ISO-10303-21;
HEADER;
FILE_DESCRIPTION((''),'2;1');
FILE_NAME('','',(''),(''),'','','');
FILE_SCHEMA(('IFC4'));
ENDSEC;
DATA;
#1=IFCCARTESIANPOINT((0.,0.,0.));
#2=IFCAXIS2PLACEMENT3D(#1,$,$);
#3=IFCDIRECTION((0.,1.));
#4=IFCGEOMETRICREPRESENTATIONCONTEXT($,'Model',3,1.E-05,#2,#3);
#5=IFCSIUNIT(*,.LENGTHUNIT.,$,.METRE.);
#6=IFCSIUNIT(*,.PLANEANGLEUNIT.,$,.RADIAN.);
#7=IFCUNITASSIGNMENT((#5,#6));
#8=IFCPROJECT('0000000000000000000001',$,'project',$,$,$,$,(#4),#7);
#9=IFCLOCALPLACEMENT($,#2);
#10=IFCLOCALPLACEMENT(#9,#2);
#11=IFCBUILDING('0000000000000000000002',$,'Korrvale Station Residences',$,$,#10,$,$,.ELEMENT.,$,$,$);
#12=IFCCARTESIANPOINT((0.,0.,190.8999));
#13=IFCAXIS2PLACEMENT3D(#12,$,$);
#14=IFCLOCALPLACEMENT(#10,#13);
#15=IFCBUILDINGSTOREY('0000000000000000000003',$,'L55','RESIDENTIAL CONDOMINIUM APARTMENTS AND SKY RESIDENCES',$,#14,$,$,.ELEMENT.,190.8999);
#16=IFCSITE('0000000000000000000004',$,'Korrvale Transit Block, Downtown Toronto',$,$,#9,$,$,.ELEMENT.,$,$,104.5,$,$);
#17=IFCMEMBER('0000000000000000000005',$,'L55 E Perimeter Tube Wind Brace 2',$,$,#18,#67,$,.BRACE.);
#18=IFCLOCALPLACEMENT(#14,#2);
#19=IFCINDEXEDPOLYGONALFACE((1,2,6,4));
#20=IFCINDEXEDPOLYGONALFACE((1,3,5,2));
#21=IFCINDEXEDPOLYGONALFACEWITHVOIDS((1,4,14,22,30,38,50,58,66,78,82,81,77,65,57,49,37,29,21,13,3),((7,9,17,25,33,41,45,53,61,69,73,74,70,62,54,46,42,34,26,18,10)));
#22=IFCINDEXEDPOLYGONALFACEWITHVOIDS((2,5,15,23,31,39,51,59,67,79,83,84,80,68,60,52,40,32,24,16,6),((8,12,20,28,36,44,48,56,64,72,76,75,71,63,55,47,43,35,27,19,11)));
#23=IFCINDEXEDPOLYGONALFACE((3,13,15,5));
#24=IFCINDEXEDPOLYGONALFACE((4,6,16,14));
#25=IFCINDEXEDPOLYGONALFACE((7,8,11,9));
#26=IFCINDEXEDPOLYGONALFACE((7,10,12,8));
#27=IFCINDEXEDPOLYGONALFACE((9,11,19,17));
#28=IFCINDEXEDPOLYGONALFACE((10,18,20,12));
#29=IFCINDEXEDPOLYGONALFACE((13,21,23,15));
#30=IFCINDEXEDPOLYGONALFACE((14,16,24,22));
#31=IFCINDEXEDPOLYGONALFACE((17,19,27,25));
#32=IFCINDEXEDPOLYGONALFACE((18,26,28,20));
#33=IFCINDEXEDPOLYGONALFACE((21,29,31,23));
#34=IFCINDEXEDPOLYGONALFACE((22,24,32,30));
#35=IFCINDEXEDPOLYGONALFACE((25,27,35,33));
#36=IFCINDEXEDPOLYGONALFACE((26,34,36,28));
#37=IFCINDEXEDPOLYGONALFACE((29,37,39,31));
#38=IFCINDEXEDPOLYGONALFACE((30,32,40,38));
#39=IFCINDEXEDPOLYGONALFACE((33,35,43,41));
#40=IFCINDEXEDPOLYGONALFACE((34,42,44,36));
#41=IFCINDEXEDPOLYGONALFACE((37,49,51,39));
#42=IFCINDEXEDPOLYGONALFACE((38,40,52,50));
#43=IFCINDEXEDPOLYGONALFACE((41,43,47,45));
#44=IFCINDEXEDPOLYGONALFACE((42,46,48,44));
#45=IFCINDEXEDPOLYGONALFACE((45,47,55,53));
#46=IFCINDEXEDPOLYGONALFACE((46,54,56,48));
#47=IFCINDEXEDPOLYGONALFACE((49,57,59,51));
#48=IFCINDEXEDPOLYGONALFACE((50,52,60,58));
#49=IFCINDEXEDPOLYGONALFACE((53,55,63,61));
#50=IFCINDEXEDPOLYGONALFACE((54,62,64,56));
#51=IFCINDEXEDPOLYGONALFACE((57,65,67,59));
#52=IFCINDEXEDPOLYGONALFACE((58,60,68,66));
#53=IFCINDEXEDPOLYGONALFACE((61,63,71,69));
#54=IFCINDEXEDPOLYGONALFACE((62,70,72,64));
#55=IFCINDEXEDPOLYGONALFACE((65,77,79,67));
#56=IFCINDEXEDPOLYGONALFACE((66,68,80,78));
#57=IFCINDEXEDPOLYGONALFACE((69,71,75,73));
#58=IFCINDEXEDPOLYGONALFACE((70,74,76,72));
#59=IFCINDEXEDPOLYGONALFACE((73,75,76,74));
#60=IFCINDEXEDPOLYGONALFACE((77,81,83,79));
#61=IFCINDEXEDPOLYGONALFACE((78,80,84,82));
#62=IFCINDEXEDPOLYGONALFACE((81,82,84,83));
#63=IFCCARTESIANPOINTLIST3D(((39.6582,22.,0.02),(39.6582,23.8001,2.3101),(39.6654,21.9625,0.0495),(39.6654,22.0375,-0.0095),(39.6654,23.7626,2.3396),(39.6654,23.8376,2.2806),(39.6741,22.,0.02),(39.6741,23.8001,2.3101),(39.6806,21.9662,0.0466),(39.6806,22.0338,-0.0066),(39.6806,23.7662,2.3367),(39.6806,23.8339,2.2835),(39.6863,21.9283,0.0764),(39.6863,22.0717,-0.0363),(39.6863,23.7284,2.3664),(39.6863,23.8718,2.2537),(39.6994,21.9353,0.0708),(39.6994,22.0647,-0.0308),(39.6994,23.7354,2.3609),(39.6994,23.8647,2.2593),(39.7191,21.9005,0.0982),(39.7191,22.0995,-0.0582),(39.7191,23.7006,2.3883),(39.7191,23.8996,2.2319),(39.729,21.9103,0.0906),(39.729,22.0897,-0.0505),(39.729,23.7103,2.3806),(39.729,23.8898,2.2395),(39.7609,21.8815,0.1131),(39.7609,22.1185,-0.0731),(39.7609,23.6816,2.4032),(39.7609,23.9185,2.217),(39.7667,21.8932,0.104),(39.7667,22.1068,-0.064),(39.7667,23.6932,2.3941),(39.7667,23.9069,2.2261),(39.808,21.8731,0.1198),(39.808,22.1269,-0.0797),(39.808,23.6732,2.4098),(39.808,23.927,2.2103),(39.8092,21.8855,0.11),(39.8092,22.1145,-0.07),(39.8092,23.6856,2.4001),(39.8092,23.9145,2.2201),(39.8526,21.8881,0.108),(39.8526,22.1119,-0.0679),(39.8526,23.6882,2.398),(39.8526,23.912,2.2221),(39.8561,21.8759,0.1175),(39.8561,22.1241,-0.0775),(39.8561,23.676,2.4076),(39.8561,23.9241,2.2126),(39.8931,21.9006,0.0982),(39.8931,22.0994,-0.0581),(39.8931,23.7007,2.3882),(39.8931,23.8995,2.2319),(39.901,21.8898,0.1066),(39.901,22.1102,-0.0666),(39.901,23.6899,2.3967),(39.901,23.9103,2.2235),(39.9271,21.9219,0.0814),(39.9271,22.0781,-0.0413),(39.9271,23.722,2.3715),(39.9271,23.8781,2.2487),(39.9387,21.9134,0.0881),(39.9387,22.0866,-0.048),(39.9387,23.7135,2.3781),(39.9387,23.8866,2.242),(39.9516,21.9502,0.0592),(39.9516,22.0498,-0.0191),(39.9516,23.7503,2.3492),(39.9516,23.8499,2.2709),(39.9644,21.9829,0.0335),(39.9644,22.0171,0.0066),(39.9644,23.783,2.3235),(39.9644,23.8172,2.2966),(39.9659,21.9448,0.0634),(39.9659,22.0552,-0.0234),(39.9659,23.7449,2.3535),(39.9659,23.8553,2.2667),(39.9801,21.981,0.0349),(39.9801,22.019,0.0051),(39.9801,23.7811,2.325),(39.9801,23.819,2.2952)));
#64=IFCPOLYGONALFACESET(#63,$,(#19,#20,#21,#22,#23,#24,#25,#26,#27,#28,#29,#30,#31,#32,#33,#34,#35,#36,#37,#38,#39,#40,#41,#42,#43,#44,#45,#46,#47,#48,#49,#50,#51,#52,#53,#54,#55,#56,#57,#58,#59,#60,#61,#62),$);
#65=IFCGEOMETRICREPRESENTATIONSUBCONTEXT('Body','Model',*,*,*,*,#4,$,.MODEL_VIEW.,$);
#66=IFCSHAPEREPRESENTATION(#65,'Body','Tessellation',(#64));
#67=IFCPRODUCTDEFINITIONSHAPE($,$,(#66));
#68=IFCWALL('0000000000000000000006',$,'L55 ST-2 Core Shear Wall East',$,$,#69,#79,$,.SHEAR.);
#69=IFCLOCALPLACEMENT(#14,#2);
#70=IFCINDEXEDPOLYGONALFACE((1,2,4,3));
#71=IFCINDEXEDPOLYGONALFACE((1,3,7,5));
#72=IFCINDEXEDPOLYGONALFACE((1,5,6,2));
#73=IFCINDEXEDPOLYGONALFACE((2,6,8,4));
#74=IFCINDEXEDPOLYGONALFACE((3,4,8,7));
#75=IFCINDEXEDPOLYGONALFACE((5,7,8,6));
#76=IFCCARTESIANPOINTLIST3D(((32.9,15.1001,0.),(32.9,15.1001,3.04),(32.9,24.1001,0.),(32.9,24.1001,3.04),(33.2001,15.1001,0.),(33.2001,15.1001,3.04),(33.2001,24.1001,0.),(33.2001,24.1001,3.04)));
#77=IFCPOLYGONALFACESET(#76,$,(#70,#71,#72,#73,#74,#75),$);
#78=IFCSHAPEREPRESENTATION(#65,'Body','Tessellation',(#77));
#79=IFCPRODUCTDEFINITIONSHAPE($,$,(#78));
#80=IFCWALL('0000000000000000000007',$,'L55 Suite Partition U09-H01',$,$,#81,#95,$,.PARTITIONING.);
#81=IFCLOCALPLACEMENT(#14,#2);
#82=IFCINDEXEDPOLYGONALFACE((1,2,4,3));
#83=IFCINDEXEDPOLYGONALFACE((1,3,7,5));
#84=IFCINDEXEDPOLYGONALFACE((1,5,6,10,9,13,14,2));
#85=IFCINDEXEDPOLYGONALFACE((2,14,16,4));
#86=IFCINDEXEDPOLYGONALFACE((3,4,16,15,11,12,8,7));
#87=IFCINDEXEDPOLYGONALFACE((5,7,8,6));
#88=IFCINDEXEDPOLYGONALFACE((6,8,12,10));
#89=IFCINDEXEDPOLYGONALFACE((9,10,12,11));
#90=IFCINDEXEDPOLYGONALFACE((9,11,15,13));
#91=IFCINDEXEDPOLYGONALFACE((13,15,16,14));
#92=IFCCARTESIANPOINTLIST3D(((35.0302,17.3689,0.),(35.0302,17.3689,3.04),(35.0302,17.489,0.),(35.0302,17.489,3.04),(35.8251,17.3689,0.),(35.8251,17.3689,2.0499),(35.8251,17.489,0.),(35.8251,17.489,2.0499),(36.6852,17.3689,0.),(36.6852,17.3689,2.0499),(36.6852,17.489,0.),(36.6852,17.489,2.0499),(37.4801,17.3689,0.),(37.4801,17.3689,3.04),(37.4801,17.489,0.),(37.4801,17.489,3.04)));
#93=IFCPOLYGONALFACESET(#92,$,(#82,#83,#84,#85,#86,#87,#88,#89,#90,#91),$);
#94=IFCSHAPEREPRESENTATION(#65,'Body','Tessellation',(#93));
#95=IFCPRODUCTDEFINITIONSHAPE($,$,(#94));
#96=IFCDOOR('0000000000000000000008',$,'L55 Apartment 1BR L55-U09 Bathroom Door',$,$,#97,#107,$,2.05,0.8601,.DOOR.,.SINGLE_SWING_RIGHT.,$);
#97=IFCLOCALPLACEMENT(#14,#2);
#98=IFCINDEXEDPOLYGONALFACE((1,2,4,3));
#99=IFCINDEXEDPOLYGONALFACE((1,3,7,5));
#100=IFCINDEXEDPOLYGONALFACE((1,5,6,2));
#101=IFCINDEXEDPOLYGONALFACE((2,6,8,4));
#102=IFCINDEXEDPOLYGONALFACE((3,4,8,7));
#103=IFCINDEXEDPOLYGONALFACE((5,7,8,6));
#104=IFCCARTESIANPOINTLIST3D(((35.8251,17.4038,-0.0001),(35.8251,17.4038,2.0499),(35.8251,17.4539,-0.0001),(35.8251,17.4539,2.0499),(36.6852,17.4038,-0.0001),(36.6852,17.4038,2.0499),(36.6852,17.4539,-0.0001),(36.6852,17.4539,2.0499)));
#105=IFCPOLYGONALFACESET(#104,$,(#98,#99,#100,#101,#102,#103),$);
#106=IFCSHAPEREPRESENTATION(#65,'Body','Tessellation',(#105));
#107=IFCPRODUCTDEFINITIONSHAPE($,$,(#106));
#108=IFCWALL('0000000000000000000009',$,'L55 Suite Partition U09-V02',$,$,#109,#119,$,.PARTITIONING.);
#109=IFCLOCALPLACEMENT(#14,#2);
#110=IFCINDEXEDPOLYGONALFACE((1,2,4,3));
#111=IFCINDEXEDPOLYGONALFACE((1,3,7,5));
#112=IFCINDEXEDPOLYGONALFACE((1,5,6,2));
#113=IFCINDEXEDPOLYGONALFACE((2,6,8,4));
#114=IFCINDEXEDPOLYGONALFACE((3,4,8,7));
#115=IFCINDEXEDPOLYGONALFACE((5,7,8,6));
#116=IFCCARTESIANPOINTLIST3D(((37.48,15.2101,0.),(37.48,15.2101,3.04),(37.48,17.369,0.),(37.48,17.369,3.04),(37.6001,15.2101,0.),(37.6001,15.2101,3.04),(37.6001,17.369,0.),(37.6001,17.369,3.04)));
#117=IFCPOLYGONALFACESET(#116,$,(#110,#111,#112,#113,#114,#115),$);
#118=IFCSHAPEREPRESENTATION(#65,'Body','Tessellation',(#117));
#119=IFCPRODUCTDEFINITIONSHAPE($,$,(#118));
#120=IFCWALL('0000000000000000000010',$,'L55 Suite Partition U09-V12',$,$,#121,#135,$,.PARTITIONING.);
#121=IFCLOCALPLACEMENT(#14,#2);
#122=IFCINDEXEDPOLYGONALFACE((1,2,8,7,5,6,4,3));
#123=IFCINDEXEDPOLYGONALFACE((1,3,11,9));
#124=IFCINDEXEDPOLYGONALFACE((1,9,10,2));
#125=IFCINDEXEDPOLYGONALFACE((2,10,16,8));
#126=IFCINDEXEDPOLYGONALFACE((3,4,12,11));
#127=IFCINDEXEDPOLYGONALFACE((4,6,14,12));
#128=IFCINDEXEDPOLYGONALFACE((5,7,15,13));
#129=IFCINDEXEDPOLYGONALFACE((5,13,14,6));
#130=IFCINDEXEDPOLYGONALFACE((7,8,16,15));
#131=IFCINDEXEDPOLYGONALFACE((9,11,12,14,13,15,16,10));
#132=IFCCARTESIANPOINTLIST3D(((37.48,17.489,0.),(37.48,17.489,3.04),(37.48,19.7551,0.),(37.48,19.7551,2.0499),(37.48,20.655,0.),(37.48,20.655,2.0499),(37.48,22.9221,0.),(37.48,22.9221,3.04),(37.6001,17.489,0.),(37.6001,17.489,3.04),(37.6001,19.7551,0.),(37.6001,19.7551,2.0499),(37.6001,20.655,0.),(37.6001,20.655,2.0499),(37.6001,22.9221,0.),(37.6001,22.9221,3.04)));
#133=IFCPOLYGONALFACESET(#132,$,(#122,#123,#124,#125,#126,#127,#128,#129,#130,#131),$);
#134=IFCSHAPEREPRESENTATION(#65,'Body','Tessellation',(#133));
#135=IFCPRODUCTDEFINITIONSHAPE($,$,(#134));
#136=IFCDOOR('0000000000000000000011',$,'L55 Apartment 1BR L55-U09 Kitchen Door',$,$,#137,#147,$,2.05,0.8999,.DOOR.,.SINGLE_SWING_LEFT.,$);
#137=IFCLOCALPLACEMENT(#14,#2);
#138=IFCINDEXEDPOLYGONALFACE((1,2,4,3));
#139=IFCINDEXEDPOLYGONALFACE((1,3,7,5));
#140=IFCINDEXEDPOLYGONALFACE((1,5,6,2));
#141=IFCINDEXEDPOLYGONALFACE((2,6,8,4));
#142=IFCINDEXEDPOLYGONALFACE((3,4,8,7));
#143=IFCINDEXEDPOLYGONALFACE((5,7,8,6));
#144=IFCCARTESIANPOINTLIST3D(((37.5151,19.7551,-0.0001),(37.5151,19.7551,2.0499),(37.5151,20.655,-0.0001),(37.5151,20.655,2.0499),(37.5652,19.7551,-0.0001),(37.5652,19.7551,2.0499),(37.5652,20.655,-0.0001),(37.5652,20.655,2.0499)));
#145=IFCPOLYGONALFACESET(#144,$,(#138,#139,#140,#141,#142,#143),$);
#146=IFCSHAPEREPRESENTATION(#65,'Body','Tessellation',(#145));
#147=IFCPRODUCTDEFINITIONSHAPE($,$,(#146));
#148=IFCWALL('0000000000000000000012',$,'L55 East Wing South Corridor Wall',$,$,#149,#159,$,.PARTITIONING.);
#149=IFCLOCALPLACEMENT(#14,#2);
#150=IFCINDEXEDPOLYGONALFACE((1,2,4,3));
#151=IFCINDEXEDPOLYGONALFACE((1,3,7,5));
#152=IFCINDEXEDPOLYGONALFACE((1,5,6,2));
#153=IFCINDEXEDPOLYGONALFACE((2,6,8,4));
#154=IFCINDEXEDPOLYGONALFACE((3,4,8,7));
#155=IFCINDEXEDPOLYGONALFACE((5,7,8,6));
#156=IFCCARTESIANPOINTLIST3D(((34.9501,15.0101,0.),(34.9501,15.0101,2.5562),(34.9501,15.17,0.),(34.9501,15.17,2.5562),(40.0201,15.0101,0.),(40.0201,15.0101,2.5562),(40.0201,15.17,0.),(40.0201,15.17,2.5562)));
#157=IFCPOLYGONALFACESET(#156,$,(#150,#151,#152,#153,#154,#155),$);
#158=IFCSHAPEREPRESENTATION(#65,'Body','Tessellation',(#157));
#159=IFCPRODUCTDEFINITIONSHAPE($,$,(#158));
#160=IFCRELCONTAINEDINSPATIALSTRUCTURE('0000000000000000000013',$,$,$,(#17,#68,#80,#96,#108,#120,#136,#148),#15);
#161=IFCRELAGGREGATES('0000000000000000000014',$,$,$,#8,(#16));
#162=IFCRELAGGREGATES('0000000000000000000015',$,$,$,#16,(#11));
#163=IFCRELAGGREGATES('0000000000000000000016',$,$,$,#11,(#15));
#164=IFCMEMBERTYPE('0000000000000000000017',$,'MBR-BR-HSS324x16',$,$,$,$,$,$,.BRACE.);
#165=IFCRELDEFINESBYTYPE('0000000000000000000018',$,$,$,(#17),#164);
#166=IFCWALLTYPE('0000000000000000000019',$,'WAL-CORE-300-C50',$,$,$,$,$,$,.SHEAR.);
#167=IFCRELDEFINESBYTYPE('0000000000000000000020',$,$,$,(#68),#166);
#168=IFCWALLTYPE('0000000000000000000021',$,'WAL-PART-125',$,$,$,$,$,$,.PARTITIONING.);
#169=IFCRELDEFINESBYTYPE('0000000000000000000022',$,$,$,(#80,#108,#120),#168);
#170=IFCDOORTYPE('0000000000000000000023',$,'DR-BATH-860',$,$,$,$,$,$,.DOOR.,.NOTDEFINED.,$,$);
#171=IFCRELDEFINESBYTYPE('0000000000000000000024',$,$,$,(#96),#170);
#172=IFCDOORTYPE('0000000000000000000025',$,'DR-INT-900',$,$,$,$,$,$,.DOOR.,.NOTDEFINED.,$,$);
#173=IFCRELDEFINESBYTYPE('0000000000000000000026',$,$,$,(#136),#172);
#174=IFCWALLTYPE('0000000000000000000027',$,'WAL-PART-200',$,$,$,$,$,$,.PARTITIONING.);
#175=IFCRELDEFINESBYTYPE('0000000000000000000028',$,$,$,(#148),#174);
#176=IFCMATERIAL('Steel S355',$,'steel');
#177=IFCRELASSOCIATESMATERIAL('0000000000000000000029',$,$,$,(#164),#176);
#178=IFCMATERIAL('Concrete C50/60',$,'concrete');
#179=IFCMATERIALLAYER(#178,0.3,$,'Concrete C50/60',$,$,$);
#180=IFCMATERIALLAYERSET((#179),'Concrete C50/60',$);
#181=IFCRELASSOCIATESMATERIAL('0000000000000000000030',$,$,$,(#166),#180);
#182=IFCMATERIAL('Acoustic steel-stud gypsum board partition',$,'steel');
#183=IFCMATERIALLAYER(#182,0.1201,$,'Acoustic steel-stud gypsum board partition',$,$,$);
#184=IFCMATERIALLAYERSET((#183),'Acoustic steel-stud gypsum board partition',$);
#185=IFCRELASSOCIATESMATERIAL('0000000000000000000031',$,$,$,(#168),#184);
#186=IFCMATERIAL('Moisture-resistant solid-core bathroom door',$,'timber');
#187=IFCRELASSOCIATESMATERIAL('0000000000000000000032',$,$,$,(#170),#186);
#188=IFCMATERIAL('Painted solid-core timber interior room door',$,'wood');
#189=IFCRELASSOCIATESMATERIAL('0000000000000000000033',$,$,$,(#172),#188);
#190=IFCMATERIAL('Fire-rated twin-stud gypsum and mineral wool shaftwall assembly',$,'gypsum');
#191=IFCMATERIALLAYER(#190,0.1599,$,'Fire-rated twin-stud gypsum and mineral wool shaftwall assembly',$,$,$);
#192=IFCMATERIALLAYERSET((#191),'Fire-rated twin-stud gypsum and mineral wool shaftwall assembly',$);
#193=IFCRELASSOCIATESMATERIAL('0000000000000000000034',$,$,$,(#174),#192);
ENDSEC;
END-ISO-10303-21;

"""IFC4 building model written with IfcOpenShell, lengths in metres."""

from ifc_helpers import new_model, si_unit, direction, frame, frame_2d, origin, origin_2d, place, context, subcontext, project, spatial, rectangle, hollow_circle, extrude, material, layer, layer_set, material_profile, profile_set, type_object, element, fill, save


model = new_model("IFC4")

# Units and contexts
model_context = context("Model", 3, precision=1e-05, world=origin(), true_north=direction((0.0, 1.0)))
body_context = subcontext(model_context, "Body", "Model", "MODEL_VIEW")
ifc_project = project(units=[si_unit("LENGTHUNIT", "METRE"), si_unit("PLANEANGLEUNIT", "RADIAN")], contexts=[model_context])

# Site, building, storey
site_placement = place(None, origin())
site = spatial("IfcSite", under=ifc_project, at=site_placement, Name="Korrvale Transit Block, Downtown Toronto", CompositionType="ELEMENT", RefElevation=104.5)
building_placement = place(site_placement, origin())
building = spatial("IfcBuilding", under=site, at=building_placement, Name="Korrvale Station Residences", CompositionType="ELEMENT")
storey_placement = place(building_placement, frame((0.0, 0.0, 190.8999)))
storey = spatial("IfcBuildingStorey", under=building, at=storey_placement, Name="L55", Description="RESIDENTIAL CONDOMINIUM APARTMENTS AND SKY RESIDENCES", CompositionType="ELEMENT", Elevation=190.8999)

# Shared definitions
ifc_material_1 = material(Name="Concrete C50/60", Category="concrete")

# Shared definitions
ifc_material_2 = material(Name="Steel S355", Category="steel")

# Member
ifc_material_profile_1 = material_profile(ifc_material_2, hollow_circle(Radius=0.1619, WallThickness=0.0159, at=origin_2d()), Name="HSS324x16")
ifc_profile_set_1 = profile_set([ifc_material_profile_1], Name="Steel S355")
member_type = type_object("IfcMemberType", Name="MBR-BR-HSS324x16", PredefinedType="BRACE", material=ifc_profile_set_1)
for number, where, z_axis, x_axis, name in (
    (1, (39.8201, 22.0, 0.02), (0.0, 0.617977, 0.786196), (-1.0, 0.0, 0.0), "L55 E Perimeter Tube Wind Brace 2"),
):
    element("IfcMember", number, at=place(storey_placement, frame(where, z_axis=z_axis, x_axis=x_axis)), inside=storey, type_object=member_type, Name=name, PredefinedType="BRACE", context=body_context, shape_type="SweptSolid", body=[
        extrude(hollow_circle(Radius=0.1619, WallThickness=0.0159, at=origin_2d()), origin(), (0.0, 0.0, 1.0), 2.9128),
    ])

# Wall
ifc_layer_1 = layer(ifc_material_1, 0.3, Name="Concrete C50/60")
ifc_layer_set_1 = layer_set([ifc_layer_1], Name="Concrete C50/60")
wall_type_1 = type_object("IfcWallType", Name="WAL-CORE-300-C50", PredefinedType="SHEAR", material=ifc_layer_set_1)
wall_1_placement = place(storey_placement, frame((33.05, 15.1001, 0.0), z_axis=(0.0, 0.0, 1.0), x_axis=(0.0, 1.0, 0.0)))
element("IfcWall", 2, at=wall_1_placement, inside=storey, type_object=wall_type_1, Name="L55 ST-2 Core Shear Wall East", PredefinedType="SHEAR", context=body_context, shape_type="SweptSolid", body=[
    extrude(rectangle(XDim=9.0, YDim=0.3, at=frame_2d((4.5, 0.0))), origin(), (0.0, 0.0, 1.0), 3.04),
])

# Wall, opening, door
ifc_material_3 = material(Name="Acoustic steel-stud gypsum board partition", Category="steel")
ifc_layer_2 = layer(ifc_material_3, 0.1201, Name="Acoustic steel-stud gypsum board partition")
ifc_layer_set_2 = layer_set([ifc_layer_2], Name="Acoustic steel-stud gypsum board partition")
wall_type_2 = type_object("IfcWallType", Name="WAL-PART-125", PredefinedType="PARTITIONING", material=ifc_layer_set_2)
wall_2_placement = place(storey_placement, frame((35.03, 17.429, 0.0), z_axis=(0.0, 0.0, 1.0), x_axis=(1.0, 0.0, 0.0)))
wall_2 = element("IfcWall", 3, at=wall_2_placement, inside=storey, type_object=wall_type_2, Name="L55 Suite Partition U09-H01", PredefinedType="PARTITIONING", context=body_context, shape_type="SweptSolid", body=[
    extrude(rectangle(XDim=2.45, YDim=0.1201, at=frame_2d((1.2251, 0.0))), origin(), (0.0, 0.0, 1.0), 3.04),
])
opening_1_placement = place(wall_2_placement, frame((0.7949, 0.0, 0.0)))
opening_1 = element("IfcOpeningElement", 4, at=opening_1_placement, cuts=wall_2, PredefinedType="OPENING", context=body_context, shape_type="SweptSolid", body=[
    extrude(rectangle(XDim=0.8601, YDim=2.05, at=frame_2d((0.4302, 1.0249))), frame((0.0, 0.0701, 0.0), z_axis=(0.0, -1.0, 0.0), x_axis=(1.0, 0.0, 0.0)), (0.0, 0.0, 1.0), 0.1401),
])
ifc_material_4 = material(Name="Moisture-resistant solid-core bathroom door", Category="timber")
door_type_1 = type_object("IfcDoorType", Name="DR-BATH-860", OperationType="NOTDEFINED", PredefinedType="DOOR", material=ifc_material_4)
door_1_placement = place(opening_1_placement, origin())
door_1 = element("IfcDoor", 5, at=door_1_placement, inside=storey, type_object=door_type_1, Name="L55 Apartment 1BR L55-U09 Bathroom Door", OperationType="SINGLE_SWING_RIGHT", OverallHeight=2.05, OverallWidth=0.8601, PredefinedType="DOOR", context=body_context, shape_type="SweptSolid", body=[
    extrude(rectangle(XDim=0.8601, YDim=2.05, at=frame_2d((0.4302, 1.0249))), frame((0.0, 0.0249, 0.0), z_axis=(0.0, -1.0, 0.0), x_axis=(1.0, 0.0, 0.0)), (0.0, 0.0, 1.0), 0.05),
])
fill(opening_1, door_1)

# Wall
wall_3_placement = place(storey_placement, frame((37.54, 15.21, 0.0), z_axis=(0.0, 0.0, 1.0), x_axis=(0.0, 1.0, 0.0)))
element("IfcWall", 6, at=wall_3_placement, inside=storey, type_object=wall_type_2, Name="L55 Suite Partition U09-V02", PredefinedType="PARTITIONING", context=body_context, shape_type="SweptSolid", body=[
    extrude(rectangle(XDim=2.1589, YDim=0.1201, at=frame_2d((1.0796, 0.0))), origin(), (0.0, 0.0, 1.0), 3.04),
])

# Wall, opening, door
wall_4_placement = place(storey_placement, frame((37.54, 17.489, 0.0), z_axis=(0.0, 0.0, 1.0), x_axis=(0.0, 1.0, 0.0)))
wall_4 = element("IfcWall", 7, at=wall_4_placement, inside=storey, type_object=wall_type_2, Name="L55 Suite Partition U09-V12", PredefinedType="PARTITIONING", context=body_context, shape_type="SweptSolid", body=[
    extrude(rectangle(XDim=5.4331, YDim=0.1201, at=frame_2d((2.7166, 0.0))), origin(), (0.0, 0.0, 1.0), 3.04),
])
opening_2_placement = place(wall_4_placement, frame((2.2661, 0.0, 0.0)))
opening_2 = element("IfcOpeningElement", 8, at=opening_2_placement, cuts=wall_4, PredefinedType="OPENING", context=body_context, shape_type="SweptSolid", body=[
    extrude(rectangle(XDim=0.8999, YDim=2.05, at=frame_2d((0.45, 1.0249))), frame((0.0, 0.0701, 0.0), z_axis=(0.0, -1.0, 0.0), x_axis=(1.0, 0.0, 0.0)), (0.0, 0.0, 1.0), 0.1401),
])
ifc_material_5 = material(Name="Painted solid-core timber interior room door", Category="wood")
door_type_2 = type_object("IfcDoorType", Name="DR-INT-900", OperationType="NOTDEFINED", PredefinedType="DOOR", material=ifc_material_5)
door_2_placement = place(opening_2_placement, origin())
door_2 = element("IfcDoor", 9, at=door_2_placement, inside=storey, type_object=door_type_2, Name="L55 Apartment 1BR L55-U09 Kitchen Door", OperationType="SINGLE_SWING_LEFT", OverallHeight=2.05, OverallWidth=0.8999, PredefinedType="DOOR", context=body_context, shape_type="SweptSolid", body=[
    extrude(rectangle(XDim=0.8999, YDim=2.05, at=frame_2d((0.45, 1.0249))), frame((0.0, 0.0249, 0.0), z_axis=(0.0, -1.0, 0.0), x_axis=(1.0, 0.0, 0.0)), (0.0, 0.0, 1.0), 0.05),
])
fill(opening_2, door_2)

# Wall
ifc_material_6 = material(Name="Fire-rated twin-stud gypsum and mineral wool shaftwall assembly", Category="gypsum")
ifc_layer_3 = layer(ifc_material_6, 0.1599, Name="Fire-rated twin-stud gypsum and mineral wool shaftwall assembly")
ifc_layer_set_3 = layer_set([ifc_layer_3], Name="Fire-rated twin-stud gypsum and mineral wool shaftwall assembly")
wall_type_3 = type_object("IfcWallType", Name="WAL-PART-200", PredefinedType="PARTITIONING", material=ifc_layer_set_3)
wall_5_placement = place(storey_placement, frame((34.95, 15.0901, 0.0), z_axis=(0.0, 0.0, 1.0), x_axis=(1.0, 0.0, 0.0)))
element("IfcWall", 10, at=wall_5_placement, inside=storey, type_object=wall_type_3, Name="L55 East Wing South Corridor Wall", PredefinedType="PARTITIONING", context=body_context, shape_type="SweptSolid", body=[
    extrude(rectangle(XDim=5.0701, YDim=0.1599, at=frame_2d((2.5352, 0.0))), origin(), (0.0, 0.0, 1.0), 2.5562),
])

save(model, "model.ifc")
